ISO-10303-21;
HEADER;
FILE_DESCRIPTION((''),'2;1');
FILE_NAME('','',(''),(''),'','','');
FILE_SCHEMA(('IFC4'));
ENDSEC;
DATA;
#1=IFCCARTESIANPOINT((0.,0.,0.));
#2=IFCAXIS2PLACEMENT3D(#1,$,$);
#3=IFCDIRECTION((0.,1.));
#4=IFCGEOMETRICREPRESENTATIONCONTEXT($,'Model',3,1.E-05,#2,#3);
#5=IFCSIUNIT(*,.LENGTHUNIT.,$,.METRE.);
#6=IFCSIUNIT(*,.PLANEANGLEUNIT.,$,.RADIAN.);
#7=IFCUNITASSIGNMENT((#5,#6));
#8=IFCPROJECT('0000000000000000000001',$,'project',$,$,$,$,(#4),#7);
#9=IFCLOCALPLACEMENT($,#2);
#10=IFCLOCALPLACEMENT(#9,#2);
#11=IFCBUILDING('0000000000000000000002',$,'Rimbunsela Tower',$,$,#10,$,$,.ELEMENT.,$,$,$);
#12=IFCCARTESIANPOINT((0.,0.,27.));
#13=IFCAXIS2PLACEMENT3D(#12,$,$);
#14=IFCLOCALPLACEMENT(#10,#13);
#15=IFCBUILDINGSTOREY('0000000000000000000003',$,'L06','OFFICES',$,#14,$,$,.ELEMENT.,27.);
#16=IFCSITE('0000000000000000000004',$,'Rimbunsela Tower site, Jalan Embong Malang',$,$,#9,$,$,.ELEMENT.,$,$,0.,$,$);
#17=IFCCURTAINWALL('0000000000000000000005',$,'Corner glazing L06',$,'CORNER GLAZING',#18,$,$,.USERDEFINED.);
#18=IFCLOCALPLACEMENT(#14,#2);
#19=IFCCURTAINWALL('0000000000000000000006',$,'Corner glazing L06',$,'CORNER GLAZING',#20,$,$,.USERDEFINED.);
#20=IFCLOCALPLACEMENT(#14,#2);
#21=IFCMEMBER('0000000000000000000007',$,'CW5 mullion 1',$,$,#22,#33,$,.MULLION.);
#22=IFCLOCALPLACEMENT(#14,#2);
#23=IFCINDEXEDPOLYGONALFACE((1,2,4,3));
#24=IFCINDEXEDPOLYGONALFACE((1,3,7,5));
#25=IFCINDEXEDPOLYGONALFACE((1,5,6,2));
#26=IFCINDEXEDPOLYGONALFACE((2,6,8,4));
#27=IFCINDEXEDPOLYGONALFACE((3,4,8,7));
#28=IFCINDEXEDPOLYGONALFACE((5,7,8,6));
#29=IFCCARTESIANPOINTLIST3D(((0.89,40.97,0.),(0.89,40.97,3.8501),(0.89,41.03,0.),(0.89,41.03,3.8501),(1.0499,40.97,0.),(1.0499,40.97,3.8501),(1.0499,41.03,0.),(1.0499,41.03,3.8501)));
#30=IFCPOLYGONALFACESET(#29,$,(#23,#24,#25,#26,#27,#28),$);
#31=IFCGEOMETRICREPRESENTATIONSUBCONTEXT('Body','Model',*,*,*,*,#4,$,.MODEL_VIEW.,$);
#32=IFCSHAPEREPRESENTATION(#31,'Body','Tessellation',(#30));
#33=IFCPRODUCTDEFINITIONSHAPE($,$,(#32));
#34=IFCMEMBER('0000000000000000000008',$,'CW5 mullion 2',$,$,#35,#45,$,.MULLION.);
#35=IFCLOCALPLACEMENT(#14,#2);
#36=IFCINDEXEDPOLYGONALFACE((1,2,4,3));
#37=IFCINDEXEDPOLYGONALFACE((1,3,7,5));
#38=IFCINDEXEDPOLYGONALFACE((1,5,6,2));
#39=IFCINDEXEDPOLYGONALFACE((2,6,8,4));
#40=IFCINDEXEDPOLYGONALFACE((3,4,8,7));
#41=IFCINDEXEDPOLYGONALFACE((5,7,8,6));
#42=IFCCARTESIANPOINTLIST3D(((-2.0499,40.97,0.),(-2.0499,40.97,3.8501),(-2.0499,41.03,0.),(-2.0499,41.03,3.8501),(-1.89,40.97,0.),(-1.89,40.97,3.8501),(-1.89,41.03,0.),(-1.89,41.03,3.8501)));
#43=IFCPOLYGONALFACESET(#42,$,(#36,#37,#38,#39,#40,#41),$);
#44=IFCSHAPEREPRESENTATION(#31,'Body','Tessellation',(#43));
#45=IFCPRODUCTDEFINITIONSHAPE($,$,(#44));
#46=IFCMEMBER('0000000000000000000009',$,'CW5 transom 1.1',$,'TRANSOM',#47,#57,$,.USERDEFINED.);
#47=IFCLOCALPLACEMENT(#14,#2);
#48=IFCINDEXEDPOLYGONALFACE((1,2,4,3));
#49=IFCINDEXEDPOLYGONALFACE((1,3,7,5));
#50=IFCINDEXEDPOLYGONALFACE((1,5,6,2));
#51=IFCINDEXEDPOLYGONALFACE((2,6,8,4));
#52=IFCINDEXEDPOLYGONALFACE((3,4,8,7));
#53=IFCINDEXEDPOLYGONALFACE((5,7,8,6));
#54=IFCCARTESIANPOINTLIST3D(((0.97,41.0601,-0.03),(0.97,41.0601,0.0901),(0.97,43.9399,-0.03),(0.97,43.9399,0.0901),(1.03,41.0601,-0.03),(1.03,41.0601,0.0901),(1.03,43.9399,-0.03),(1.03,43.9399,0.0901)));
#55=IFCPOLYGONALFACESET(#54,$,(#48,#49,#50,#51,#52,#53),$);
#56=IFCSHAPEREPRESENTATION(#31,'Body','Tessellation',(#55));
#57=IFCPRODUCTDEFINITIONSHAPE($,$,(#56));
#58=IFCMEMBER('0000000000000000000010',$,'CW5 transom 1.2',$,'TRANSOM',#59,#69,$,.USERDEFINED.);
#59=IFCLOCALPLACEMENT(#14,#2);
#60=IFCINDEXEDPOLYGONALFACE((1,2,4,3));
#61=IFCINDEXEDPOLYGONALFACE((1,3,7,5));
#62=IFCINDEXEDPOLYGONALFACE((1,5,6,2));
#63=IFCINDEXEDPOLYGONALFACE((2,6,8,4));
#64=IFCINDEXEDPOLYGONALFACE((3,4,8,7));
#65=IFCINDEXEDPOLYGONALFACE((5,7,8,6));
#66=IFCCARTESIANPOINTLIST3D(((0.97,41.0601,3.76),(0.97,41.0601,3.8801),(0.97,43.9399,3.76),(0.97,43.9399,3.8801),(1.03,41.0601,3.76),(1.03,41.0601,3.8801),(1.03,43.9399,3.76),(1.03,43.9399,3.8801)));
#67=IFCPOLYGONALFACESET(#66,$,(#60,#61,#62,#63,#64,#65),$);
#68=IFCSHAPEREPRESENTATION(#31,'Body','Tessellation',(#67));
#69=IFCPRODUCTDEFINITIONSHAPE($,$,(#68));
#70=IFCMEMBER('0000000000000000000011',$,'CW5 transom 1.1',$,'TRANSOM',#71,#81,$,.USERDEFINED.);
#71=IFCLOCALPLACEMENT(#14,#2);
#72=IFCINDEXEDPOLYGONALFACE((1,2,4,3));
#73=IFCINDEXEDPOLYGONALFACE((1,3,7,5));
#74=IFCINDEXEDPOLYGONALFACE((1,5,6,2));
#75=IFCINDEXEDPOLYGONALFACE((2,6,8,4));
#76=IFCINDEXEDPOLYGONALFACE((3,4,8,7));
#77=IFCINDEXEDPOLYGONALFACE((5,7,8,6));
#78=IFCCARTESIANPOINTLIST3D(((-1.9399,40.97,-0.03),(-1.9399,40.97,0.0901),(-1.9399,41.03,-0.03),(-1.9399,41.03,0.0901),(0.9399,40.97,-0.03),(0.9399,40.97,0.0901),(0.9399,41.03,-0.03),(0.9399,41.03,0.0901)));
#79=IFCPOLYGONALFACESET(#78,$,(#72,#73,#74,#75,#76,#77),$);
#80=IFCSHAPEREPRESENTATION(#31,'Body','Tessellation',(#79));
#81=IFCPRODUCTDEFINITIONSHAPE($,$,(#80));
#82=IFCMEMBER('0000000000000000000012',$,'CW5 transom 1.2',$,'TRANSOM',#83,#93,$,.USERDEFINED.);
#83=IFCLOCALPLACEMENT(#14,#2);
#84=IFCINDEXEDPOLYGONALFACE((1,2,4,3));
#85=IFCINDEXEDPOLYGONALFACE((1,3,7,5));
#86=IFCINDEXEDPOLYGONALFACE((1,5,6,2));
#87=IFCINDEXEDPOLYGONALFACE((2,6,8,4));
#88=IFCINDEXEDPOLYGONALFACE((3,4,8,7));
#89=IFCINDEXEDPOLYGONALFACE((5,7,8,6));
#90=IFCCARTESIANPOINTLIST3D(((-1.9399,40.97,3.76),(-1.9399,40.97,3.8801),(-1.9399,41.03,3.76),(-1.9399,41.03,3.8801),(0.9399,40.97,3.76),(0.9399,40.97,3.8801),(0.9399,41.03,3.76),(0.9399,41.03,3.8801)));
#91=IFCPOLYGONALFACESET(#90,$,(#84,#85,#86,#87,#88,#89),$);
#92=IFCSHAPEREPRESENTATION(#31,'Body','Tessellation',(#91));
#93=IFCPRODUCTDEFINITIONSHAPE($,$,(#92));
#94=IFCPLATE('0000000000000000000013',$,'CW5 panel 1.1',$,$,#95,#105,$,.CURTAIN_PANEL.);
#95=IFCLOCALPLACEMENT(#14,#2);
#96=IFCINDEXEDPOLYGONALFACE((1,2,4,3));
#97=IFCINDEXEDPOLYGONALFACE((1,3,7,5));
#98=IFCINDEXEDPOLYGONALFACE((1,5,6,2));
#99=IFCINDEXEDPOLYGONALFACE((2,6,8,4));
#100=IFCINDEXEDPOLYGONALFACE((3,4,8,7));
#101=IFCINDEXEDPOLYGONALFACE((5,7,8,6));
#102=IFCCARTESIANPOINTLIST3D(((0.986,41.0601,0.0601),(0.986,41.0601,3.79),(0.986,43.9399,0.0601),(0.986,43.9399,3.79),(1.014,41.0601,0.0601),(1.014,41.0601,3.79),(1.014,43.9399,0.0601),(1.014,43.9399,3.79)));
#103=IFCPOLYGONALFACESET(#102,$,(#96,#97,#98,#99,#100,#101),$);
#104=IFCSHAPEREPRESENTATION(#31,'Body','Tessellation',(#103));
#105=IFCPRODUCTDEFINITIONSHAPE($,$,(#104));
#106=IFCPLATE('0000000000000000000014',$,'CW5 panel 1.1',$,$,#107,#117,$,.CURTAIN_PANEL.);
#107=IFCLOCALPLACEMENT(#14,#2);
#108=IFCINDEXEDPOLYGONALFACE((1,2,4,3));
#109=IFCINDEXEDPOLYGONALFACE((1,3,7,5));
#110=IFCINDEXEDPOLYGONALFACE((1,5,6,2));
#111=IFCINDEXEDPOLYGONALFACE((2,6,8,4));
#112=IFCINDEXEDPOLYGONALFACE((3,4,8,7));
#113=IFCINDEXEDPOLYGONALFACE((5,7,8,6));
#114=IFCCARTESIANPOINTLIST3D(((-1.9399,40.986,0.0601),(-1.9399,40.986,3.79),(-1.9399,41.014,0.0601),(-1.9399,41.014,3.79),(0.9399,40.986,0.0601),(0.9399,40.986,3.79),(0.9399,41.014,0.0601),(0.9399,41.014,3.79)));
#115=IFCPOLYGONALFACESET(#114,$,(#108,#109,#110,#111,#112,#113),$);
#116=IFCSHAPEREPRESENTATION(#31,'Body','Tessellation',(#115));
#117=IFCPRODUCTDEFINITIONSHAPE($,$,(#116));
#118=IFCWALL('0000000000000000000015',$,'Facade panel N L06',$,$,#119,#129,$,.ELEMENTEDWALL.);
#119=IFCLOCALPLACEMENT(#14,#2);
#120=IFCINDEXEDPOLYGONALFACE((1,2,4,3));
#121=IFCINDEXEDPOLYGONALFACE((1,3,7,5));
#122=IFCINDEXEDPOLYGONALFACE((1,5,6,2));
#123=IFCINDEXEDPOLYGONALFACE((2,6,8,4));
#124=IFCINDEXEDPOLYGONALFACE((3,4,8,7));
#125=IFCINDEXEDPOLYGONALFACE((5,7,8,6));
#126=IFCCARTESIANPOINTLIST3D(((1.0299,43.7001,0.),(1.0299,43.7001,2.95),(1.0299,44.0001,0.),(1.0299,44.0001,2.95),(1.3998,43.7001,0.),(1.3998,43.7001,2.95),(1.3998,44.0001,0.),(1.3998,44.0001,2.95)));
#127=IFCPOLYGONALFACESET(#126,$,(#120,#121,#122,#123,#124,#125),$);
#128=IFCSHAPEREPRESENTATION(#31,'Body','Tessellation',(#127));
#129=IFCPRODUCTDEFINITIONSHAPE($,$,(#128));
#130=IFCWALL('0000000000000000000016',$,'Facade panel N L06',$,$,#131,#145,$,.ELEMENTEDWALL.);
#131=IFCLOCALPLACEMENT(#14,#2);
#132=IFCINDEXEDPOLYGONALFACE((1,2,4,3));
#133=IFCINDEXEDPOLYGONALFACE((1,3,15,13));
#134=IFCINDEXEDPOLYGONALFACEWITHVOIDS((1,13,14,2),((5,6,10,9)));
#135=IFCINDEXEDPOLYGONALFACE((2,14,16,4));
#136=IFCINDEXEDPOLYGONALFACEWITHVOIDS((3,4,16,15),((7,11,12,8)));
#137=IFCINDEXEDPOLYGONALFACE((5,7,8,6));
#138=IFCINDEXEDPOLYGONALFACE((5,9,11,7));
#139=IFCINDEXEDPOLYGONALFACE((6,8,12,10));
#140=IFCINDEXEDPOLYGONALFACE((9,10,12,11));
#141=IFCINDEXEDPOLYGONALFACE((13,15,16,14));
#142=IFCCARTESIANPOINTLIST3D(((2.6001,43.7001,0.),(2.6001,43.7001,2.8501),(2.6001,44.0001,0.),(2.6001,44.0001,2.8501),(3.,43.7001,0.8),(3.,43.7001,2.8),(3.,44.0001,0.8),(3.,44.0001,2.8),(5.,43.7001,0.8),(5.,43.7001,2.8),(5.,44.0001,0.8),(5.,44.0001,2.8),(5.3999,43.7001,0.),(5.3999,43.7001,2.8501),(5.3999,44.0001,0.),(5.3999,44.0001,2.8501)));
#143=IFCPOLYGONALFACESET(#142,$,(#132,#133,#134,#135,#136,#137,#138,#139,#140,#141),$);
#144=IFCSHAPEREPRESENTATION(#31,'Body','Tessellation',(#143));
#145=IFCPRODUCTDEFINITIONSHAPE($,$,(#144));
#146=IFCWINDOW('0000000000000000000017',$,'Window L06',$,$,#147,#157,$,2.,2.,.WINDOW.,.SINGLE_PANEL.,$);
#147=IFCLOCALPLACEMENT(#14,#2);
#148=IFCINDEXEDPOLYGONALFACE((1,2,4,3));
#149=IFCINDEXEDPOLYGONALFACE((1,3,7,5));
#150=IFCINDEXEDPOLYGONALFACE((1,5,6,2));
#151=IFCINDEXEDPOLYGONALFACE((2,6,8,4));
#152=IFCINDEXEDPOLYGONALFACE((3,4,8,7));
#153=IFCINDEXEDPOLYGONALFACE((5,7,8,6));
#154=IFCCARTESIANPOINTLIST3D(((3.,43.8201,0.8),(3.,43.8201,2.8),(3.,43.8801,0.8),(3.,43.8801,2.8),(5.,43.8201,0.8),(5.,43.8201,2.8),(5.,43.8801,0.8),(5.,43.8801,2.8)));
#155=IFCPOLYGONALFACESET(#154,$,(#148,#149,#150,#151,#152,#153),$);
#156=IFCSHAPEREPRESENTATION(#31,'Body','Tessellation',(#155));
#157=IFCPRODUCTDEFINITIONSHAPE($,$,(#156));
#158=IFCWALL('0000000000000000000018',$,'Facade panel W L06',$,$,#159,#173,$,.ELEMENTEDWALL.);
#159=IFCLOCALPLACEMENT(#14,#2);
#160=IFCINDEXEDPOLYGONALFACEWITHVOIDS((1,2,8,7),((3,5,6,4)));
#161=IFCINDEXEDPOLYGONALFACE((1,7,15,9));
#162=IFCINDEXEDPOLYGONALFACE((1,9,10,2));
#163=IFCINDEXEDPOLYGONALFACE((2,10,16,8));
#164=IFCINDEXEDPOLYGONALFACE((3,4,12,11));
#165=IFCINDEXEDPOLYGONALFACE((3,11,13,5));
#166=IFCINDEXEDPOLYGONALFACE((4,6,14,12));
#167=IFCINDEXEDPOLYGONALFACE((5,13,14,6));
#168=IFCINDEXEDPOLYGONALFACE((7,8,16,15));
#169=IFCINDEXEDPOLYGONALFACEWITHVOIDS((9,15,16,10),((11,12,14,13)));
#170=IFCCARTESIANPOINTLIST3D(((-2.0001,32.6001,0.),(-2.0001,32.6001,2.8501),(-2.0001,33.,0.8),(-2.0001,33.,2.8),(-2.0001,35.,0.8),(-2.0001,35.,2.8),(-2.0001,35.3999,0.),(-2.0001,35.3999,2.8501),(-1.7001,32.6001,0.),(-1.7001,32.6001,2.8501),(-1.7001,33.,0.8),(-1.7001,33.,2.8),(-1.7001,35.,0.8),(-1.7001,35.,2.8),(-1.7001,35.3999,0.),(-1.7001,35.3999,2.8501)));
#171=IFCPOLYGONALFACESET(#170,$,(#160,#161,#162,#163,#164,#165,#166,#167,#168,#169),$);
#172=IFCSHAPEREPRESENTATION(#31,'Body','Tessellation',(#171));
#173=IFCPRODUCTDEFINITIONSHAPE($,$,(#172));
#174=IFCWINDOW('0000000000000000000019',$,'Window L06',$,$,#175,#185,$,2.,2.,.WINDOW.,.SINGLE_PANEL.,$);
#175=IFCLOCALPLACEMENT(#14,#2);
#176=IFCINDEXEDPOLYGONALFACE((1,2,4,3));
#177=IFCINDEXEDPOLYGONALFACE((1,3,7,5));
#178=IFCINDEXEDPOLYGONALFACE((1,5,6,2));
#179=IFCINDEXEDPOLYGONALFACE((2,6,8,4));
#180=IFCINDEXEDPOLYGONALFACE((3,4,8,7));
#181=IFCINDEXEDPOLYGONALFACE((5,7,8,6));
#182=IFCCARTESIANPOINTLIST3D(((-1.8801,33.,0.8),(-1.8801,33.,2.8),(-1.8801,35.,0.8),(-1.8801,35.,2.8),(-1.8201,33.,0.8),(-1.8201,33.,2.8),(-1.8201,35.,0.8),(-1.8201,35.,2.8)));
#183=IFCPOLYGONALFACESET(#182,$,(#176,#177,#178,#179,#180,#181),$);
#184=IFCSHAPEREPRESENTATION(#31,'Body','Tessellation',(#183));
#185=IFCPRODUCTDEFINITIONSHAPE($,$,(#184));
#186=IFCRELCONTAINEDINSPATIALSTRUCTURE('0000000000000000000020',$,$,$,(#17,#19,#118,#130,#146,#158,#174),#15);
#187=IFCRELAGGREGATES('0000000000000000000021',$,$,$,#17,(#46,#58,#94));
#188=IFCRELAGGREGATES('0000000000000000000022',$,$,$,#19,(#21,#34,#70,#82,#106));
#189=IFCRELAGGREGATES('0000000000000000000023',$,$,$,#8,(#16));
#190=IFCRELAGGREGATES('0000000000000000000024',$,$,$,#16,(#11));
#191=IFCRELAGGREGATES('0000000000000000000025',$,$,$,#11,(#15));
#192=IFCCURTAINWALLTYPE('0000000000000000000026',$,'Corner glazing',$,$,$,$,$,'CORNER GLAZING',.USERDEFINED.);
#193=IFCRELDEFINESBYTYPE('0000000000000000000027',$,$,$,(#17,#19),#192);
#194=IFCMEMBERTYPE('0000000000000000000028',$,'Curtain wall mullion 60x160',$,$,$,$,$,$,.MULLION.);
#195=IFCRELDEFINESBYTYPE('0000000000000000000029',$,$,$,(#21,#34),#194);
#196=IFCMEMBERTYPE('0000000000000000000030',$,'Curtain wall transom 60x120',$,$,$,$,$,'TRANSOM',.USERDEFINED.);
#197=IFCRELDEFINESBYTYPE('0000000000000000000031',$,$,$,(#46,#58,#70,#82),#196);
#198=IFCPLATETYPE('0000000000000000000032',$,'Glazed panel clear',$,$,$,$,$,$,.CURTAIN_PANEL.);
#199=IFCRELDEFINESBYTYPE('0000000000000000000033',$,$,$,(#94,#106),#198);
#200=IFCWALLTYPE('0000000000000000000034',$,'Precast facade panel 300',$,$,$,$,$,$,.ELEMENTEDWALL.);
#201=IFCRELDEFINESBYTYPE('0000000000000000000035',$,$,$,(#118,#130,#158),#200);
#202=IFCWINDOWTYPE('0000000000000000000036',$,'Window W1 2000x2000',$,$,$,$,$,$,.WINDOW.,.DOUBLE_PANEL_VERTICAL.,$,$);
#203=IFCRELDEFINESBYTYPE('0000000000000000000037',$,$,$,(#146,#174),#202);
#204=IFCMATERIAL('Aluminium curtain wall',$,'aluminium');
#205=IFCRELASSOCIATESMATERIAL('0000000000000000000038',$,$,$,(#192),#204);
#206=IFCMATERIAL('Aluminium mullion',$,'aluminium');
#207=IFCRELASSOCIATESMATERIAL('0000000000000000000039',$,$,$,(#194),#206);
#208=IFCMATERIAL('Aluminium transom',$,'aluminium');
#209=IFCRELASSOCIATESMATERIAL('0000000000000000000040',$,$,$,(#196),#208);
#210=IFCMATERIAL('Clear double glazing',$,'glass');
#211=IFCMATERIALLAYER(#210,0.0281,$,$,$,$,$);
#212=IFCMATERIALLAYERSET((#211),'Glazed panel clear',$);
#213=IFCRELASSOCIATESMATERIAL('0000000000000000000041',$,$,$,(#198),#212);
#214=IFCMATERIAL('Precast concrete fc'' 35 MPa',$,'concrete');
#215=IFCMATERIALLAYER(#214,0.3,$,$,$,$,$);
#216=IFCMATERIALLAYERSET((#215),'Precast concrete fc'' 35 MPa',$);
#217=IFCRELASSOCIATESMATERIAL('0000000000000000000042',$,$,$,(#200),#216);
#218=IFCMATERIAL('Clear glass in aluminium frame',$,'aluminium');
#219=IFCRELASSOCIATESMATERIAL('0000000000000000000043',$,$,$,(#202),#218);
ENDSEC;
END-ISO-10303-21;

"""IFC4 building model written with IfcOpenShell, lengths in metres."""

from ifc_helpers import new_model, si_unit, direction, frame, frame_2d, origin, origin_2d, place, context, subcontext, project, spatial, rectangle, extrude, material, layer, layer_set, material_profile, profile_set, type_object, element, fill, aggregate, save


model = new_model("IFC4")

# Units and contexts
model_context = context("Model", 3, precision=1e-05, world=origin(), true_north=direction((0.0, 1.0)))
body_context = subcontext(model_context, "Body", "Model", "MODEL_VIEW")
ifc_project = project(units=[si_unit("LENGTHUNIT", "METRE"), si_unit("PLANEANGLEUNIT", "RADIAN")], contexts=[model_context])

# Site, building, storey
site_placement = place(None, origin())
site = spatial("IfcSite", under=ifc_project, at=site_placement, Name="Rimbunsela Tower site, Jalan Embong Malang", CompositionType="ELEMENT", RefElevation=0.0)
building_placement = place(site_placement, origin())
building = spatial("IfcBuilding", under=site, at=building_placement, Name="Rimbunsela Tower", CompositionType="ELEMENT")
storey_placement = place(building_placement, frame((0.0, 0.0, 27.0)))
storey = spatial("IfcBuildingStorey", under=building, at=storey_placement, Name="L06", Description="OFFICES", CompositionType="ELEMENT", Elevation=27.0)

# Curtain walls, members
ifc_material_1 = material(Name="Aluminium curtain wall", Category="aluminium")
curtain_wall_type = type_object("IfcCurtainWallType", Name="Corner glazing", ElementType="CORNER GLAZING", PredefinedType="USERDEFINED", material=ifc_material_1)
curtain_wall_1_placement = place(storey_placement, origin())
curtain_wall_1 = element("IfcCurtainWall", 1, at=curtain_wall_1_placement, inside=storey, type_object=curtain_wall_type, Name="Corner glazing L06", ObjectType="CORNER GLAZING", PredefinedType="USERDEFINED")
ifc_material_2 = material(Name="Aluminium mullion", Category="aluminium")
ifc_material_profile_1 = material_profile(ifc_material_2, rectangle(XDim=0.0601, YDim=0.1599, at=origin_2d()), Name="Mullion 60x160")
ifc_profile_set_1 = profile_set([ifc_material_profile_1], Name="Aluminium mullion")
member_type_1 = type_object("IfcMemberType", Name="Curtain wall mullion 60x160", PredefinedType="MULLION", material=ifc_profile_set_1)
curtain_wall_2_placement = place(storey_placement, origin())
curtain_wall_2 = element("IfcCurtainWall", 2, at=curtain_wall_2_placement, inside=storey, type_object=curtain_wall_type, Name="Corner glazing L06", ObjectType="CORNER GLAZING", PredefinedType="USERDEFINED")
member_1_placement = place(storey_placement, frame((0.97, 41.0, 0.0), z_axis=(0.0, 0.0, 1.0), x_axis=(0.0, -1.0, 0.0)))
member_1 = element("IfcMember", 3, at=member_1_placement, type_object=member_type_1, Name="CW5 mullion 1", PredefinedType="MULLION", context=body_context, shape_type="SweptSolid", body=[
    extrude(rectangle(XDim=0.0601, YDim=0.1599, at=origin_2d()), origin(), (0.0, 0.0, 1.0), 3.8501),
])
member_2_placement = place(storey_placement, frame((-1.97, 41.0, 0.0), z_axis=(0.0, 0.0, 1.0), x_axis=(0.0, -1.0, 0.0)))
member_2 = element("IfcMember", 4, at=member_2_placement, type_object=member_type_1, Name="CW5 mullion 2", PredefinedType="MULLION", context=body_context, shape_type="SweptSolid", body=[
    extrude(rectangle(XDim=0.0601, YDim=0.1599, at=origin_2d()), origin(), (0.0, 0.0, 1.0), 3.8501),
])

# Members
ifc_material_3 = material(Name="Aluminium transom", Category="aluminium")
ifc_material_profile_2 = material_profile(ifc_material_3, rectangle(XDim=0.0601, YDim=0.1201, at=origin_2d()), Name="Transom 60x120")
ifc_profile_set_2 = profile_set([ifc_material_profile_2], Name="Aluminium transom")
member_type_2 = type_object("IfcMemberType", Name="Curtain wall transom 60x120", ElementType="TRANSOM", PredefinedType="USERDEFINED", material=ifc_profile_set_2)
member_3_placement = place(storey_placement, frame((1.0, 43.9399, 0.03), z_axis=(0.0, -1.0, 0.0), x_axis=(1.0, 0.0, 0.0)))
member_3 = element("IfcMember", 5, at=member_3_placement, type_object=member_type_2, Name="CW5 transom 1.1", ObjectType="TRANSOM", PredefinedType="USERDEFINED", context=body_context, shape_type="SweptSolid", body=[
    extrude(rectangle(XDim=0.0601, YDim=0.1201, at=origin_2d()), origin(), (0.0, 0.0, 1.0), 2.8799),
])
member_4_placement = place(storey_placement, frame((1.0, 43.9399, 3.8201), z_axis=(0.0, -1.0, 0.0), x_axis=(1.0, 0.0, 0.0)))
member_4 = element("IfcMember", 6, at=member_4_placement, type_object=member_type_2, Name="CW5 transom 1.2", ObjectType="TRANSOM", PredefinedType="USERDEFINED", context=body_context, shape_type="SweptSolid", body=[
    extrude(rectangle(XDim=0.0601, YDim=0.1201, at=origin_2d()), origin(), (0.0, 0.0, 1.0), 2.8799),
])
member_5_placement = place(storey_placement, frame((0.9399, 41.0, 0.03), z_axis=(-1.0, 0.0, 0.0), x_axis=(0.0, -1.0, 0.0)))
member_5 = element("IfcMember", 7, at=member_5_placement, type_object=member_type_2, Name="CW5 transom 1.1", ObjectType="TRANSOM", PredefinedType="USERDEFINED", context=body_context, shape_type="SweptSolid", body=[
    extrude(rectangle(XDim=0.0601, YDim=0.1201, at=origin_2d()), origin(), (0.0, 0.0, 1.0), 2.8799),
])
member_6_placement = place(storey_placement, frame((0.9399, 41.0, 3.8201), z_axis=(-1.0, 0.0, 0.0), x_axis=(0.0, -1.0, 0.0)))
member_6 = element("IfcMember", 8, at=member_6_placement, type_object=member_type_2, Name="CW5 transom 1.2", ObjectType="TRANSOM", PredefinedType="USERDEFINED", context=body_context, shape_type="SweptSolid", body=[
    extrude(rectangle(XDim=0.0601, YDim=0.1201, at=origin_2d()), origin(), (0.0, 0.0, 1.0), 2.8799),
])

# Plates
ifc_material_4 = material(Name="Clear double glazing", Category="glass")
ifc_layer_1 = layer(ifc_material_4, 0.0281)
ifc_layer_set_1 = layer_set([ifc_layer_1], Name="Glazed panel clear")
plate_type = type_object("IfcPlateType", Name="Glazed panel clear", PredefinedType="CURTAIN_PANEL", material=ifc_layer_set_1)
plate_1_placement = place(storey_placement, frame((1.0, 42.5, 0.0601), z_axis=(0.0, 0.0, 1.0), x_axis=(0.0, -1.0, 0.0)))
plate_1 = element("IfcPlate", 9, at=plate_1_placement, type_object=plate_type, Name="CW5 panel 1.1", PredefinedType="CURTAIN_PANEL", context=body_context, shape_type="SweptSolid", body=[
    extrude(rectangle(XDim=2.8799, YDim=0.0281, at=origin_2d()), origin(), (0.0, 0.0, 1.0), 3.73),
])
aggregate(curtain_wall_1, [member_3, member_4, plate_1])
plate_2_placement = place(storey_placement, frame((-0.5, 41.0, 0.0601), z_axis=(0.0, 0.0, 1.0), x_axis=(-1.0, 0.0, 0.0)))
plate_2 = element("IfcPlate", 10, at=plate_2_placement, type_object=plate_type, Name="CW5 panel 1.1", PredefinedType="CURTAIN_PANEL", context=body_context, shape_type="SweptSolid", body=[
    extrude(rectangle(XDim=2.8799, YDim=0.0281, at=origin_2d()), origin(), (0.0, 0.0, 1.0), 3.73),
])
aggregate(curtain_wall_2, [member_1, member_2, member_5, member_6, plate_2])

# Wall
ifc_material_5 = material(Name="Precast concrete fc' 35 MPa", Category="concrete")
ifc_layer_2 = layer(ifc_material_5, 0.3)
ifc_layer_set_2 = layer_set([ifc_layer_2], Name="Precast concrete fc' 35 MPa")
wall_type = type_object("IfcWallType", Name="Precast facade panel 300", PredefinedType="ELEMENTEDWALL", material=ifc_layer_set_2)
wall_1_placement = place(storey_placement, frame((1.3999, 43.8501, 0.0), z_axis=(0.0, 0.0, 1.0), x_axis=(-1.0, 0.0, 0.0)))
element("IfcWall", 11, at=wall_1_placement, inside=storey, type_object=wall_type, Name="Facade panel N L06", PredefinedType="ELEMENTEDWALL", context=body_context, shape_type="SweptSolid", body=[
    extrude(rectangle(XDim=0.3699, YDim=0.3, at=frame_2d((0.1851, 0.0))), origin(), (0.0, 0.0, 1.0), 2.95),
])

# Walls, openings, windows
wall_2_placement = place(storey_placement, frame((5.3999, 43.8501, 0.0), z_axis=(0.0, 0.0, 1.0), x_axis=(-1.0, 0.0, 0.0)))
wall_2 = element("IfcWall", 12, at=wall_2_placement, inside=storey, type_object=wall_type, Name="Facade panel N L06", PredefinedType="ELEMENTEDWALL", context=body_context, shape_type="SweptSolid", body=[
    extrude(rectangle(XDim=2.7998, YDim=0.3, at=frame_2d((1.3999, 0.0))), origin(), (0.0, 0.0, 1.0), 2.8501),
])
opening_1_placement = place(wall_2_placement, frame((0.3999, 0.0, 0.8)))
opening_1 = element("IfcOpeningElement", 13, at=opening_1_placement, cuts=wall_2, PredefinedType="OPENING", context=body_context, shape_type="SweptSolid", body=[
    extrude(rectangle(XDim=2.0, YDim=2.0, at=frame_2d((1.0, 1.0))), frame((0.0, 0.1599, 0.0), z_axis=(0.0, -1.0, 0.0), x_axis=(1.0, 0.0, 0.0)), (0.0, 0.0, 1.0), 0.3201),
])
ifc_material_6 = material(Name="Clear glass in aluminium frame", Category="aluminium")
window_type = type_object("IfcWindowType", Name="Window W1 2000x2000", PartitioningType="DOUBLE_PANEL_VERTICAL", PredefinedType="WINDOW", material=ifc_material_6)
window_1_placement = place(opening_1_placement, origin())
window_1 = element("IfcWindow", 14, at=window_1_placement, inside=storey, type_object=window_type, Name="Window L06", OverallHeight=2.0, OverallWidth=2.0, PartitioningType="SINGLE_PANEL", PredefinedType="WINDOW", context=body_context, shape_type="SweptSolid", body=[
    extrude(rectangle(XDim=2.0, YDim=2.0, at=frame_2d((1.0, 1.0))), frame((0.0, 0.03, 0.0), z_axis=(0.0, -1.0, 0.0), x_axis=(1.0, 0.0, 0.0)), (0.0, 0.0, 1.0), 0.0601),
])
fill(opening_1, window_1)
wall_3_placement = place(storey_placement, frame((-1.8501, 35.3999, 0.0), z_axis=(0.0, 0.0, 1.0), x_axis=(0.0, -1.0, 0.0)))
wall_3 = element("IfcWall", 15, at=wall_3_placement, inside=storey, type_object=wall_type, Name="Facade panel W L06", PredefinedType="ELEMENTEDWALL", context=body_context, shape_type="SweptSolid", body=[
    extrude(rectangle(XDim=2.7998, YDim=0.3, at=frame_2d((1.3999, 0.0))), origin(), (0.0, 0.0, 1.0), 2.8501),
])
opening_2_placement = place(wall_3_placement, frame((0.3999, 0.0, 0.8)))
opening_2 = element("IfcOpeningElement", 16, at=opening_2_placement, cuts=wall_3, PredefinedType="OPENING", context=body_context, shape_type="SweptSolid", body=[
    extrude(rectangle(XDim=2.0, YDim=2.0, at=frame_2d((1.0, 1.0))), frame((0.0, 0.1599, 0.0), z_axis=(0.0, -1.0, 0.0), x_axis=(1.0, 0.0, 0.0)), (0.0, 0.0, 1.0), 0.3201),
])
window_2_placement = place(opening_2_placement, origin())
window_2 = element("IfcWindow", 17, at=window_2_placement, inside=storey, type_object=window_type, Name="Window L06", OverallHeight=2.0, OverallWidth=2.0, PartitioningType="SINGLE_PANEL", PredefinedType="WINDOW", context=body_context, shape_type="SweptSolid", body=[
    extrude(rectangle(XDim=2.0, YDim=2.0, at=frame_2d((1.0, 1.0))), frame((0.0, 0.03, 0.0), z_axis=(0.0, -1.0, 0.0), x_axis=(1.0, 0.0, 0.0)), (0.0, 0.0, 1.0), 0.0601),
])
fill(opening_2, window_2)

save(model, "model.ifc")
